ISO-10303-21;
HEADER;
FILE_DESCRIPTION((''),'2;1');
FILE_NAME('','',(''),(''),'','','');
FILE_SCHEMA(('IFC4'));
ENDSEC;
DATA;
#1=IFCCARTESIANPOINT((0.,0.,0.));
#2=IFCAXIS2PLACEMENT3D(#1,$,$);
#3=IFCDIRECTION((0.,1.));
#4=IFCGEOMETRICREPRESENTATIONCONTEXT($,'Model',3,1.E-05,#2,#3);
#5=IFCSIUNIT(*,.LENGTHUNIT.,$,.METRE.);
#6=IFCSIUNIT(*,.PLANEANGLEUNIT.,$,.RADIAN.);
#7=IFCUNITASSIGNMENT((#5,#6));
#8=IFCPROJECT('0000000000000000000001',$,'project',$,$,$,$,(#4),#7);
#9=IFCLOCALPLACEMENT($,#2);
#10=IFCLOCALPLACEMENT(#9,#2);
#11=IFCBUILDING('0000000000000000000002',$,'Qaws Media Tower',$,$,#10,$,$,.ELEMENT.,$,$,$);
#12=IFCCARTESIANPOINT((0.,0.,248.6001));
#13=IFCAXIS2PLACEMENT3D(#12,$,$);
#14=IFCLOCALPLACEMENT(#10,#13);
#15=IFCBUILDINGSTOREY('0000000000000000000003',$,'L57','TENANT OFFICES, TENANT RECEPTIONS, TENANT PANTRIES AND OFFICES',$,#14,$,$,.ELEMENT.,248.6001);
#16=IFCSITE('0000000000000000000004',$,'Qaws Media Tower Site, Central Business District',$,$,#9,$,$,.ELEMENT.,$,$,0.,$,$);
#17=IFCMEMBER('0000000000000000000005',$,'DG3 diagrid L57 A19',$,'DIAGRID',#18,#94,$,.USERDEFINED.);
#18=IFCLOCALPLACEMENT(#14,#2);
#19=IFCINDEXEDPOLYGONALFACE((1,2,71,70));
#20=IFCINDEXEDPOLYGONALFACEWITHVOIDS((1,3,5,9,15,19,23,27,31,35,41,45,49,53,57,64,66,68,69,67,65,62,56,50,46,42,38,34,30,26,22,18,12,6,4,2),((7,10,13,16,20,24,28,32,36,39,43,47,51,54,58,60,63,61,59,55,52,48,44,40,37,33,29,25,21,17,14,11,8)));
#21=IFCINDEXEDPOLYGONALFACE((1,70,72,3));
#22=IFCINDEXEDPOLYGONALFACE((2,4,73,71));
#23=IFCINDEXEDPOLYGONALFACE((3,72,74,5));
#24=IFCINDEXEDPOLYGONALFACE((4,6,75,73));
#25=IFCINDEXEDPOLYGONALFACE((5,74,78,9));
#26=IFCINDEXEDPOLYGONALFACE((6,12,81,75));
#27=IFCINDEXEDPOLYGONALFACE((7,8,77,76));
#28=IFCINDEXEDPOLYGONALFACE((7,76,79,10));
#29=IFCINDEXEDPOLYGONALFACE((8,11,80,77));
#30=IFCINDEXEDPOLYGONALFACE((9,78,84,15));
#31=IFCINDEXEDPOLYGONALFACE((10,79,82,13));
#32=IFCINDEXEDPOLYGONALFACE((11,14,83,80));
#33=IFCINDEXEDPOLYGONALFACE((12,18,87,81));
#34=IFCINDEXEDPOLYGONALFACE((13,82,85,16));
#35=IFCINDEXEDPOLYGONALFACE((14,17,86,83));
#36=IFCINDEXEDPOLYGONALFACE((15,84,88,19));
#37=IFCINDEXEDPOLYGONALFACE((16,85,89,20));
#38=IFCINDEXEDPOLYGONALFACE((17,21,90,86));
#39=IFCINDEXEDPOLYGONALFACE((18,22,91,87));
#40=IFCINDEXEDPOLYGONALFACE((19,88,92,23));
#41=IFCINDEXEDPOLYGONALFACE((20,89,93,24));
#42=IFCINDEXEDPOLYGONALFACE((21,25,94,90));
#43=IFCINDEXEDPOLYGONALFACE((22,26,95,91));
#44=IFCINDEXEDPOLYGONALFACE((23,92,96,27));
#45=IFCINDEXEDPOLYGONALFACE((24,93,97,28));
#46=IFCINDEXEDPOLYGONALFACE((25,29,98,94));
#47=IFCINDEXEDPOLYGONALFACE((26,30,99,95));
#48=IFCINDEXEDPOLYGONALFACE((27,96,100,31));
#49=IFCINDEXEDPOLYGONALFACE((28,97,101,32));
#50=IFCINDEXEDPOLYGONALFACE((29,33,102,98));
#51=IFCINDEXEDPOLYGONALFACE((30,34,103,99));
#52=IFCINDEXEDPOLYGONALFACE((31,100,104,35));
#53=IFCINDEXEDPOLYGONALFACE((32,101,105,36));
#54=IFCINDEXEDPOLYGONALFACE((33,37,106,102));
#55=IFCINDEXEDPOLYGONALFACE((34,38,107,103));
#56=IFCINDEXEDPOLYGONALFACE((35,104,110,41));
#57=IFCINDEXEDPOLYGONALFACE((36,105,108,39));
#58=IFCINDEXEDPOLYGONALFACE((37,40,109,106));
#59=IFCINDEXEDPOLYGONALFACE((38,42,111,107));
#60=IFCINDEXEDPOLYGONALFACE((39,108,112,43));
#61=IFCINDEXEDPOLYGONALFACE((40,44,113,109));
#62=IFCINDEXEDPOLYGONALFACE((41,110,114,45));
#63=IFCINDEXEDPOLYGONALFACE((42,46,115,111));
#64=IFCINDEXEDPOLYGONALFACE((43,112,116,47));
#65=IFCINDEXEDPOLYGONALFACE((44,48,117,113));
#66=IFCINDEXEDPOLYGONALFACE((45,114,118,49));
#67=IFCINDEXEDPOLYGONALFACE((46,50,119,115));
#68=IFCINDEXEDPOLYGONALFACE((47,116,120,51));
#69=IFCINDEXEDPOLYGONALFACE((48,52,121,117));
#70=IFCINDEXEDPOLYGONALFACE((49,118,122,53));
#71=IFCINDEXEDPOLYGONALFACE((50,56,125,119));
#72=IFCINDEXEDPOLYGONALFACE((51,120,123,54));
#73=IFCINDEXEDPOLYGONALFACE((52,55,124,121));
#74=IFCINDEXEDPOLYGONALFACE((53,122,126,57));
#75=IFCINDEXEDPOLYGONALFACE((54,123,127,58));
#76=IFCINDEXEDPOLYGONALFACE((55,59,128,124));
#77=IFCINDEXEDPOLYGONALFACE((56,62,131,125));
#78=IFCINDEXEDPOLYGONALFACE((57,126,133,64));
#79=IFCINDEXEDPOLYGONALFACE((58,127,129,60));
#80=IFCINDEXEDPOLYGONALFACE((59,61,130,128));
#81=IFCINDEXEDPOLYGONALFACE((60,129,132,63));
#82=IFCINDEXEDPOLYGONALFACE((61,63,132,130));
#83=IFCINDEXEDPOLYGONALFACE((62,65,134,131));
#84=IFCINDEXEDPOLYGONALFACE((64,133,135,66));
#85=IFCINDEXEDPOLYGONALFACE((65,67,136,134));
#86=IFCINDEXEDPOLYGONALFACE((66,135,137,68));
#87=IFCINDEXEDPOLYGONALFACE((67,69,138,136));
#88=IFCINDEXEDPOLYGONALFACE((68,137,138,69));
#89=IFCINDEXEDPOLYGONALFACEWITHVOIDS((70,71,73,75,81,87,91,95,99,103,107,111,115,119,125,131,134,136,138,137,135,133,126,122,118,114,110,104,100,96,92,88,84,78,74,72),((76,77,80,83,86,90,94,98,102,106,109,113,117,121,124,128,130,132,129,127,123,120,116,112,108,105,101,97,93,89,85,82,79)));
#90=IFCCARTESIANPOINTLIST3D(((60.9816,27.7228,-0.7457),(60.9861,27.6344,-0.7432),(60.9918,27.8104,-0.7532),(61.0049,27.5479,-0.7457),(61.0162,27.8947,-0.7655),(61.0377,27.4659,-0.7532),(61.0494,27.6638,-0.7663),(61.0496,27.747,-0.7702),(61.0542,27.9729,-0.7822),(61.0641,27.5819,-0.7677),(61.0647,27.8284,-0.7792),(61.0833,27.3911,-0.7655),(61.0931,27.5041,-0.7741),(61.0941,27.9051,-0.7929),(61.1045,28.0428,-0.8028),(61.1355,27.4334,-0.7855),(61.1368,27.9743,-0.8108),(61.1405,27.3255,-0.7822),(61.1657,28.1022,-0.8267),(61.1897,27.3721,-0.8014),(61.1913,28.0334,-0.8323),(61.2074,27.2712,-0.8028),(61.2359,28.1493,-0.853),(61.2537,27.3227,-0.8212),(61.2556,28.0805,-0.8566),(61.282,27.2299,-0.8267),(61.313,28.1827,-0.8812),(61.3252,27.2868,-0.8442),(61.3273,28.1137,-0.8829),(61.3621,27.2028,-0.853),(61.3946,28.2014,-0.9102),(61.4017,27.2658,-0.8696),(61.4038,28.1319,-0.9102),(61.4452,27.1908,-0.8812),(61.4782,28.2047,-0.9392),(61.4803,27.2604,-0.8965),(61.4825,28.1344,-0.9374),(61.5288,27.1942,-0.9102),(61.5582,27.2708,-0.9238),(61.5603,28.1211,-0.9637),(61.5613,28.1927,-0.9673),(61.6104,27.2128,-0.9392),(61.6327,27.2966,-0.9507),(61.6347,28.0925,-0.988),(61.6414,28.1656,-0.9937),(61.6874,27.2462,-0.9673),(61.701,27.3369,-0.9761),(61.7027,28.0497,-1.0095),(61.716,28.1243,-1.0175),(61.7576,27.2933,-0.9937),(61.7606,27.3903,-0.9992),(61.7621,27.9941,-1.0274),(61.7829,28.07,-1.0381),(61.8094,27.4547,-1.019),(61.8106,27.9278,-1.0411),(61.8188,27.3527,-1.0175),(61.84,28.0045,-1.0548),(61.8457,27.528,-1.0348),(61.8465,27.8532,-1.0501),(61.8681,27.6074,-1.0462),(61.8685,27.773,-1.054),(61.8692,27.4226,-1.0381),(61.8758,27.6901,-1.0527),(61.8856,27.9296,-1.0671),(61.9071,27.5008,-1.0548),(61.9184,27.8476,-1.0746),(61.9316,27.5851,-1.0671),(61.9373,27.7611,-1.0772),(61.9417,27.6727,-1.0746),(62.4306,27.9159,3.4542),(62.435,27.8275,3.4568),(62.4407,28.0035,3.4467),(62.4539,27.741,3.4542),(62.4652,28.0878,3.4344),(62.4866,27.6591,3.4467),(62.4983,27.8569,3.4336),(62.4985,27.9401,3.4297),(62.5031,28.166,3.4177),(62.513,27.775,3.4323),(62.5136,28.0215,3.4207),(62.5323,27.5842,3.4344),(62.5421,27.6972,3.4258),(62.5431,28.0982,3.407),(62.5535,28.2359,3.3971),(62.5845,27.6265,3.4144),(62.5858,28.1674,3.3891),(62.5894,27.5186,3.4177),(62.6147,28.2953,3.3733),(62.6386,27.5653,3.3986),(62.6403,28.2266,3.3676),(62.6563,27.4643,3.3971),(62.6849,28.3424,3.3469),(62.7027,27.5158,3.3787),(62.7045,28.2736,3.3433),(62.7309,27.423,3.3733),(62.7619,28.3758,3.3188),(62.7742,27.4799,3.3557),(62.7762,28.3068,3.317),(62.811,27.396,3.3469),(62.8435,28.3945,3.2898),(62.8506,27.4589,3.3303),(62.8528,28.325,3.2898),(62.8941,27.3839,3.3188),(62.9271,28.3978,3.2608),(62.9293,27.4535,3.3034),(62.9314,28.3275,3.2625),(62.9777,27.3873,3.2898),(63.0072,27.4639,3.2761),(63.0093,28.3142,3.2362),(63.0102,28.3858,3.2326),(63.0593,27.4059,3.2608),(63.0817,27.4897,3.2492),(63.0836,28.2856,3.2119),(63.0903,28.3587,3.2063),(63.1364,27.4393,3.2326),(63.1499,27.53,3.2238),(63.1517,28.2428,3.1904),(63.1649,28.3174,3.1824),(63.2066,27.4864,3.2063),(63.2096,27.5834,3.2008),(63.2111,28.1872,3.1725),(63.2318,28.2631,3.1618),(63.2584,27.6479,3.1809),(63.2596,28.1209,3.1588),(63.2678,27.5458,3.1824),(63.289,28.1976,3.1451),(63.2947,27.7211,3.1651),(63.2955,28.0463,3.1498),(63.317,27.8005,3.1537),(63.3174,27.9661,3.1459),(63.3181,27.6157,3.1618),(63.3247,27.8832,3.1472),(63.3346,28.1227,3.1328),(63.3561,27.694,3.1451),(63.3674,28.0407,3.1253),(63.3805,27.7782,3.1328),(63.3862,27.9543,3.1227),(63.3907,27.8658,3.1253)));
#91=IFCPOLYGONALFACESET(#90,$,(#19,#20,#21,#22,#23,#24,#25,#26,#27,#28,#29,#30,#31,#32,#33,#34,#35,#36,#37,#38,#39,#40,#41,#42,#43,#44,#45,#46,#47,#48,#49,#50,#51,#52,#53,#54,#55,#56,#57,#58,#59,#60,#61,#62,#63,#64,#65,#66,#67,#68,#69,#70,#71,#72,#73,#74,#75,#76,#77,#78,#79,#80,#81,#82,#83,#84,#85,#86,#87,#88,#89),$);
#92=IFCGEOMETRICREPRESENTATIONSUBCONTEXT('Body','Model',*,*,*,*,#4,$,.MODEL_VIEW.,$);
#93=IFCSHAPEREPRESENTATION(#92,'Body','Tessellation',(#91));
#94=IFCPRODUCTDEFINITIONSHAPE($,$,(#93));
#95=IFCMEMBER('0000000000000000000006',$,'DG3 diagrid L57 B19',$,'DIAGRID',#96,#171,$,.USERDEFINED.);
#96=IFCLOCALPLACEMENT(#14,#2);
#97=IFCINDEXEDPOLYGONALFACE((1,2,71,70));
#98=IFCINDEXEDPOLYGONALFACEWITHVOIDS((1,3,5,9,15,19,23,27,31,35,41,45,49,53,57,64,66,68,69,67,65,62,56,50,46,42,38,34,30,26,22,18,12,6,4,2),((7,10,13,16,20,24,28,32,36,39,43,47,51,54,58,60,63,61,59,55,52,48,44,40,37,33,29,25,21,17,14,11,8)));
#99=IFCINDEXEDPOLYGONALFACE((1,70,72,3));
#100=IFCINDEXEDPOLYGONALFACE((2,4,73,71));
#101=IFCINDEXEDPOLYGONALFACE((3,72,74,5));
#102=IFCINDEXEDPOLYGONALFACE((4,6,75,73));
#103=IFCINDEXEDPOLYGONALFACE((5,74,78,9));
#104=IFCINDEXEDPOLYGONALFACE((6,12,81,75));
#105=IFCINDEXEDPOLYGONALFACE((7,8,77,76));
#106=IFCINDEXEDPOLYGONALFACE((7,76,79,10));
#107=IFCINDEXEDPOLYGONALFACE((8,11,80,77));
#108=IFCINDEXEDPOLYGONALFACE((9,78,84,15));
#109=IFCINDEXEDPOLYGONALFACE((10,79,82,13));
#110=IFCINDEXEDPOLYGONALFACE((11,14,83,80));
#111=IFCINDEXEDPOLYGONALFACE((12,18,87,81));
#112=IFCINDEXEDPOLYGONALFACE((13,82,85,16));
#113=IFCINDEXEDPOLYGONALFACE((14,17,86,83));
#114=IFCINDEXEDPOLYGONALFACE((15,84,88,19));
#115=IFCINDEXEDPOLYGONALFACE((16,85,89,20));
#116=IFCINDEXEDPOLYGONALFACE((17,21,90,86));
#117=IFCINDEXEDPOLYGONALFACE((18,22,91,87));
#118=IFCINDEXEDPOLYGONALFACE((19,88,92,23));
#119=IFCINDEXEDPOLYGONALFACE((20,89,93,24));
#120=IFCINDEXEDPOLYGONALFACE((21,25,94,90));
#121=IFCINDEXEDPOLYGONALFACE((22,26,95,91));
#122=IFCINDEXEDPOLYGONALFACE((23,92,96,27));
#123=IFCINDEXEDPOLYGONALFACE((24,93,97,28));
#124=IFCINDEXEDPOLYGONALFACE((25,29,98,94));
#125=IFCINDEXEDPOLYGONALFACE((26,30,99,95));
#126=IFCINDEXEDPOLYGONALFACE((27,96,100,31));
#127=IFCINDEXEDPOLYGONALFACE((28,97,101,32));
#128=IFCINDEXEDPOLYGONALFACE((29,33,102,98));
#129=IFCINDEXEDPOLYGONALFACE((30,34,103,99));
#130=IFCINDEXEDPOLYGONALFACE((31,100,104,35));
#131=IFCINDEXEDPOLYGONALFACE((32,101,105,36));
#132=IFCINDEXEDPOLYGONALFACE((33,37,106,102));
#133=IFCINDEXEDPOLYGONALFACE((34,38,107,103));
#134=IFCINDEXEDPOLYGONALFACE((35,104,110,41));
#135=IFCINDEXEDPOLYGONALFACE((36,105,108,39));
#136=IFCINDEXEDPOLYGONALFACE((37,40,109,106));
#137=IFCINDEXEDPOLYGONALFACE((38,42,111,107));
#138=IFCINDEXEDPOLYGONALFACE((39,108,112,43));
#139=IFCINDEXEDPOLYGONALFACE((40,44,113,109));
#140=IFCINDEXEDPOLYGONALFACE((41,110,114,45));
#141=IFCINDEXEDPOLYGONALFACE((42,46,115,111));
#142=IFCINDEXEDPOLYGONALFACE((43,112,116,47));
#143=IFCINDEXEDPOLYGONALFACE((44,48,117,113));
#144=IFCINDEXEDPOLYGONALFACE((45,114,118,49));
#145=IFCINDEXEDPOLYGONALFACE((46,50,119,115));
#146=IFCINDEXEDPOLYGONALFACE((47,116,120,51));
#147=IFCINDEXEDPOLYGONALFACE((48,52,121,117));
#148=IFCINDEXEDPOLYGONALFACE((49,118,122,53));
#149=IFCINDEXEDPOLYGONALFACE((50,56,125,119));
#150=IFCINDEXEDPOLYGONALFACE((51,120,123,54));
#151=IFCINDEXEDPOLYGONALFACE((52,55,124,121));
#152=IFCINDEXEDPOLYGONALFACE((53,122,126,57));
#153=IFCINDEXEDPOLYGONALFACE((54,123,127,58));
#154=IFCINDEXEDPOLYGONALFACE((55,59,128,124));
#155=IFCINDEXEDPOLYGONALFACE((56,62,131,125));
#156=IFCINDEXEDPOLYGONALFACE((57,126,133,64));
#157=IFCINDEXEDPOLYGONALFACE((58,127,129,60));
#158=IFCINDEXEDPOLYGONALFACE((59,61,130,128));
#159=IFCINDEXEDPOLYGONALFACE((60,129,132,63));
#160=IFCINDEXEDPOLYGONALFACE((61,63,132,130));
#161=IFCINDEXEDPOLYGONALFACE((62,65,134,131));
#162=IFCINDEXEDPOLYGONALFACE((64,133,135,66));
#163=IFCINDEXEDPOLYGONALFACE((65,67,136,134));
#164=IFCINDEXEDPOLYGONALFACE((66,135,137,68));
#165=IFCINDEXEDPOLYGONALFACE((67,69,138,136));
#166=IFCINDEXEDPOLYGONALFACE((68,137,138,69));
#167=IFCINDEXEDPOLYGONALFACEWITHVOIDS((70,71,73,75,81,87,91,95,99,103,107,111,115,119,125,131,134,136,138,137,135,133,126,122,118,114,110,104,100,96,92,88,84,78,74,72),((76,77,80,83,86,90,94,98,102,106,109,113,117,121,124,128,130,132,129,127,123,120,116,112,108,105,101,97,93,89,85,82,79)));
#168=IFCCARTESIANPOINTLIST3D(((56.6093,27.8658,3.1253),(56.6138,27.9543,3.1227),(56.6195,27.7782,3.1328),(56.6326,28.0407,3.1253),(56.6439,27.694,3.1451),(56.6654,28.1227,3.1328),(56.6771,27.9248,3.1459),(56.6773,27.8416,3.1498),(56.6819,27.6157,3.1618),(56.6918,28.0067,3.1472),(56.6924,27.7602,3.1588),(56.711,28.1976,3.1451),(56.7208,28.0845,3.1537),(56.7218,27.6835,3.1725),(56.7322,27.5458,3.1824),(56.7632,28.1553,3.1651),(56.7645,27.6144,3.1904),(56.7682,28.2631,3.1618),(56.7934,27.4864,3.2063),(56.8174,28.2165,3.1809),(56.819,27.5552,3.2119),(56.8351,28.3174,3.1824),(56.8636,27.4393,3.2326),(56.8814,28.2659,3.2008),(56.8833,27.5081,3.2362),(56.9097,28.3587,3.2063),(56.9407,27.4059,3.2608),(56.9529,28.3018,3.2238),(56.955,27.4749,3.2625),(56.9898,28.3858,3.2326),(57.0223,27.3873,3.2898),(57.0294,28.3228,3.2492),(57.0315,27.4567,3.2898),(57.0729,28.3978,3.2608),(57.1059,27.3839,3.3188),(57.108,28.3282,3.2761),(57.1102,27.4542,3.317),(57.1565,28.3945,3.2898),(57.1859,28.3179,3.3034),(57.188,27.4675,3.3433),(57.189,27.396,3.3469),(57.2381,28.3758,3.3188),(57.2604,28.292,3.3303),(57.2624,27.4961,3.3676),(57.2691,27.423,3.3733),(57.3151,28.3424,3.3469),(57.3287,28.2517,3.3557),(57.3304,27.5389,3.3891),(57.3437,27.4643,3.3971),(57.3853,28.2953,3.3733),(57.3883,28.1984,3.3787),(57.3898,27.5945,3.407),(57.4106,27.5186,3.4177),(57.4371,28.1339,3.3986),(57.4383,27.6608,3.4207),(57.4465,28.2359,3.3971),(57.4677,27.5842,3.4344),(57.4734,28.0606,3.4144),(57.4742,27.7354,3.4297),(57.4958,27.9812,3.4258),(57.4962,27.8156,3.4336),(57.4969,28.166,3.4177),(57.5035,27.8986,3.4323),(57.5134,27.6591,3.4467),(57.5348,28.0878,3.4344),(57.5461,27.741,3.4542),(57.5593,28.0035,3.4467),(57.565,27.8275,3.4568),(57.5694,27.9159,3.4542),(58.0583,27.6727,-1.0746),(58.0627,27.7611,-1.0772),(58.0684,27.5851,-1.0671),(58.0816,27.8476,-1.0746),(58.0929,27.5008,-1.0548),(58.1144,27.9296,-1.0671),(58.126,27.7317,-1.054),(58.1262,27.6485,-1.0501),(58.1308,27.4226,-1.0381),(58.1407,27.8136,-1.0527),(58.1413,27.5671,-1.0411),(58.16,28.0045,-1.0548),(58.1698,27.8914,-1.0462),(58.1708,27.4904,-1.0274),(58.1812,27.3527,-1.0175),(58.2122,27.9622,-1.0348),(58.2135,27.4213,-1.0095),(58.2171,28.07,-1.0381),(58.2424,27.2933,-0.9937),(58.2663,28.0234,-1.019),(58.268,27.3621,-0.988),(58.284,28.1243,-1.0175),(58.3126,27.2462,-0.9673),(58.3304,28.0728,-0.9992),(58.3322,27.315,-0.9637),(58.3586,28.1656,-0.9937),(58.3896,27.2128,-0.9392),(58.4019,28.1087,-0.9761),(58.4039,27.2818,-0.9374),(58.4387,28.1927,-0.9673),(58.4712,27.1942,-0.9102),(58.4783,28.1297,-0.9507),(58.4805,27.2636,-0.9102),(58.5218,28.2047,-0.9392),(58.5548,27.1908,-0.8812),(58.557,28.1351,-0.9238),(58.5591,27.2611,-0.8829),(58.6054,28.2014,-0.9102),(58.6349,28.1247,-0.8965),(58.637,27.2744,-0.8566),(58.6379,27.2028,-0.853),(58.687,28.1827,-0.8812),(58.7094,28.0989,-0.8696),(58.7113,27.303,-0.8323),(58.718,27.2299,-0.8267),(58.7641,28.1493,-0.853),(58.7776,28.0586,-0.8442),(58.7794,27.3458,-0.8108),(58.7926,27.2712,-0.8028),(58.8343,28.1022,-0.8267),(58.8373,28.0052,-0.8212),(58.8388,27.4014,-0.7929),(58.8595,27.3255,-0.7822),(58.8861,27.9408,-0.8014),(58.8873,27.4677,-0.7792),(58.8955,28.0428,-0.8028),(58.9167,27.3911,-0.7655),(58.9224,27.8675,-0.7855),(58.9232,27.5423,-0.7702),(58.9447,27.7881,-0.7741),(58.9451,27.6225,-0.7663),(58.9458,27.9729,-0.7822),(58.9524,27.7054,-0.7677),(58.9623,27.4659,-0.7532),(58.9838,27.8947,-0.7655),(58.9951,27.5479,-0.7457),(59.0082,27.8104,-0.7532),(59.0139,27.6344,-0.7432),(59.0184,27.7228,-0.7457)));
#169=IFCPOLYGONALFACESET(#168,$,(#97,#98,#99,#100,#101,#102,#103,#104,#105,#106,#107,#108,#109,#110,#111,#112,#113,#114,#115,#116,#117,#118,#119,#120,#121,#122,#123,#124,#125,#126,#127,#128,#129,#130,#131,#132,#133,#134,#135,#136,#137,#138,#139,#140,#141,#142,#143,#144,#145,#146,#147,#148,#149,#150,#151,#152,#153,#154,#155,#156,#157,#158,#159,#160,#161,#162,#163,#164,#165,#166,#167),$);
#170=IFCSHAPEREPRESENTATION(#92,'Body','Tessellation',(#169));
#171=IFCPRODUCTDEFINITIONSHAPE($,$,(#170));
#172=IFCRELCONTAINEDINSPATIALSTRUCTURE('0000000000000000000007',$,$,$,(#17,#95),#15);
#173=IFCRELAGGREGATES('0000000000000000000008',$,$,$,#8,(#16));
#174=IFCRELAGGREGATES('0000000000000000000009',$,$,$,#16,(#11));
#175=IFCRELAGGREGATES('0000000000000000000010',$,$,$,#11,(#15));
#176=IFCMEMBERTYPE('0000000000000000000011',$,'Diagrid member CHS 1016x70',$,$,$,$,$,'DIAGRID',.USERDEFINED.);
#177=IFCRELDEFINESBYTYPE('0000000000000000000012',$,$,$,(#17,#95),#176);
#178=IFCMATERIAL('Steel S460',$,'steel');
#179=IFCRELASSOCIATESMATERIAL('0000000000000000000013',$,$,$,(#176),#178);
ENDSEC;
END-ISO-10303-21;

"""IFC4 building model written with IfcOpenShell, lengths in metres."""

from ifc_helpers import new_model, si_unit, direction, frame, origin, origin_2d, place, context, subcontext, project, spatial, hollow_circle, extrude, material, material_profile, profile_set, type_object, element, save


model = new_model("IFC4")

# Units and contexts
model_context = context("Model", 3, precision=1e-05, world=origin(), true_north=direction((0.0, 1.0)))
body_context = subcontext(model_context, "Body", "Model", "MODEL_VIEW")
ifc_project = project(units=[si_unit("LENGTHUNIT", "METRE"), si_unit("PLANEANGLEUNIT", "RADIAN")], contexts=[model_context])

# Site, building, storey
site_placement = place(None, origin())
site = spatial("IfcSite", under=ifc_project, at=site_placement, Name="Qaws Media Tower Site, Central Business District", CompositionType="ELEMENT", RefElevation=0.0)
building_placement = place(site_placement, origin())
building = spatial("IfcBuilding", under=site, at=building_placement, Name="Qaws Media Tower", CompositionType="ELEMENT")
storey_placement = place(building_placement, frame((0.0, 0.0, 248.6001)))
storey = spatial("IfcBuildingStorey", under=building, at=storey_placement, Name="L57", Description="TENANT OFFICES, TENANT RECEPTIONS, TENANT PANTRIES AND OFFICES", CompositionType="ELEMENT", Elevation=248.6001)

# Members
ifc_material_1 = material(Name="Steel S460", Category="steel")
ifc_material_profile_1 = material_profile(ifc_material_1, hollow_circle(Radius=0.5081, WallThickness=0.0701, at=origin_2d()), Name="CHS 1016x70")
ifc_profile_set_1 = profile_set([ifc_material_profile_1], Name="Steel S460")
member_type_1 = type_object("IfcMemberType", Name="Diagrid member CHS 1016x70", ElementType="DIAGRID", PredefinedType="USERDEFINED", material=ifc_profile_set_1)
for number, where, z_axis, x_axis, name in (
    (1, (61.4617, 27.6978, -0.9102), (0.325827, 0.043425, 0.944432), (-0.132109, 0.991235, 0.0), "DG3 diagrid L57 A19"),
    (2, (58.5383, 27.6978, -0.9102), (-0.325827, 0.043425, 0.944432), (-0.132109, -0.991235, 0.0), "DG3 diagrid L57 B19"),
):
    element("IfcMember", number, at=place(storey_placement, frame(where, z_axis=z_axis, x_axis=x_axis)), inside=storey, type_object=member_type_1, Name=name, ObjectType="DIAGRID", PredefinedType="USERDEFINED", context=body_context, shape_type="SweptSolid", body=[
        extrude(hollow_circle(Radius=0.5081, WallThickness=0.0701, at=origin_2d()), origin(), (0.0, 0.0, 1.0), 4.447),
    ])

save(model, "model.ifc")
